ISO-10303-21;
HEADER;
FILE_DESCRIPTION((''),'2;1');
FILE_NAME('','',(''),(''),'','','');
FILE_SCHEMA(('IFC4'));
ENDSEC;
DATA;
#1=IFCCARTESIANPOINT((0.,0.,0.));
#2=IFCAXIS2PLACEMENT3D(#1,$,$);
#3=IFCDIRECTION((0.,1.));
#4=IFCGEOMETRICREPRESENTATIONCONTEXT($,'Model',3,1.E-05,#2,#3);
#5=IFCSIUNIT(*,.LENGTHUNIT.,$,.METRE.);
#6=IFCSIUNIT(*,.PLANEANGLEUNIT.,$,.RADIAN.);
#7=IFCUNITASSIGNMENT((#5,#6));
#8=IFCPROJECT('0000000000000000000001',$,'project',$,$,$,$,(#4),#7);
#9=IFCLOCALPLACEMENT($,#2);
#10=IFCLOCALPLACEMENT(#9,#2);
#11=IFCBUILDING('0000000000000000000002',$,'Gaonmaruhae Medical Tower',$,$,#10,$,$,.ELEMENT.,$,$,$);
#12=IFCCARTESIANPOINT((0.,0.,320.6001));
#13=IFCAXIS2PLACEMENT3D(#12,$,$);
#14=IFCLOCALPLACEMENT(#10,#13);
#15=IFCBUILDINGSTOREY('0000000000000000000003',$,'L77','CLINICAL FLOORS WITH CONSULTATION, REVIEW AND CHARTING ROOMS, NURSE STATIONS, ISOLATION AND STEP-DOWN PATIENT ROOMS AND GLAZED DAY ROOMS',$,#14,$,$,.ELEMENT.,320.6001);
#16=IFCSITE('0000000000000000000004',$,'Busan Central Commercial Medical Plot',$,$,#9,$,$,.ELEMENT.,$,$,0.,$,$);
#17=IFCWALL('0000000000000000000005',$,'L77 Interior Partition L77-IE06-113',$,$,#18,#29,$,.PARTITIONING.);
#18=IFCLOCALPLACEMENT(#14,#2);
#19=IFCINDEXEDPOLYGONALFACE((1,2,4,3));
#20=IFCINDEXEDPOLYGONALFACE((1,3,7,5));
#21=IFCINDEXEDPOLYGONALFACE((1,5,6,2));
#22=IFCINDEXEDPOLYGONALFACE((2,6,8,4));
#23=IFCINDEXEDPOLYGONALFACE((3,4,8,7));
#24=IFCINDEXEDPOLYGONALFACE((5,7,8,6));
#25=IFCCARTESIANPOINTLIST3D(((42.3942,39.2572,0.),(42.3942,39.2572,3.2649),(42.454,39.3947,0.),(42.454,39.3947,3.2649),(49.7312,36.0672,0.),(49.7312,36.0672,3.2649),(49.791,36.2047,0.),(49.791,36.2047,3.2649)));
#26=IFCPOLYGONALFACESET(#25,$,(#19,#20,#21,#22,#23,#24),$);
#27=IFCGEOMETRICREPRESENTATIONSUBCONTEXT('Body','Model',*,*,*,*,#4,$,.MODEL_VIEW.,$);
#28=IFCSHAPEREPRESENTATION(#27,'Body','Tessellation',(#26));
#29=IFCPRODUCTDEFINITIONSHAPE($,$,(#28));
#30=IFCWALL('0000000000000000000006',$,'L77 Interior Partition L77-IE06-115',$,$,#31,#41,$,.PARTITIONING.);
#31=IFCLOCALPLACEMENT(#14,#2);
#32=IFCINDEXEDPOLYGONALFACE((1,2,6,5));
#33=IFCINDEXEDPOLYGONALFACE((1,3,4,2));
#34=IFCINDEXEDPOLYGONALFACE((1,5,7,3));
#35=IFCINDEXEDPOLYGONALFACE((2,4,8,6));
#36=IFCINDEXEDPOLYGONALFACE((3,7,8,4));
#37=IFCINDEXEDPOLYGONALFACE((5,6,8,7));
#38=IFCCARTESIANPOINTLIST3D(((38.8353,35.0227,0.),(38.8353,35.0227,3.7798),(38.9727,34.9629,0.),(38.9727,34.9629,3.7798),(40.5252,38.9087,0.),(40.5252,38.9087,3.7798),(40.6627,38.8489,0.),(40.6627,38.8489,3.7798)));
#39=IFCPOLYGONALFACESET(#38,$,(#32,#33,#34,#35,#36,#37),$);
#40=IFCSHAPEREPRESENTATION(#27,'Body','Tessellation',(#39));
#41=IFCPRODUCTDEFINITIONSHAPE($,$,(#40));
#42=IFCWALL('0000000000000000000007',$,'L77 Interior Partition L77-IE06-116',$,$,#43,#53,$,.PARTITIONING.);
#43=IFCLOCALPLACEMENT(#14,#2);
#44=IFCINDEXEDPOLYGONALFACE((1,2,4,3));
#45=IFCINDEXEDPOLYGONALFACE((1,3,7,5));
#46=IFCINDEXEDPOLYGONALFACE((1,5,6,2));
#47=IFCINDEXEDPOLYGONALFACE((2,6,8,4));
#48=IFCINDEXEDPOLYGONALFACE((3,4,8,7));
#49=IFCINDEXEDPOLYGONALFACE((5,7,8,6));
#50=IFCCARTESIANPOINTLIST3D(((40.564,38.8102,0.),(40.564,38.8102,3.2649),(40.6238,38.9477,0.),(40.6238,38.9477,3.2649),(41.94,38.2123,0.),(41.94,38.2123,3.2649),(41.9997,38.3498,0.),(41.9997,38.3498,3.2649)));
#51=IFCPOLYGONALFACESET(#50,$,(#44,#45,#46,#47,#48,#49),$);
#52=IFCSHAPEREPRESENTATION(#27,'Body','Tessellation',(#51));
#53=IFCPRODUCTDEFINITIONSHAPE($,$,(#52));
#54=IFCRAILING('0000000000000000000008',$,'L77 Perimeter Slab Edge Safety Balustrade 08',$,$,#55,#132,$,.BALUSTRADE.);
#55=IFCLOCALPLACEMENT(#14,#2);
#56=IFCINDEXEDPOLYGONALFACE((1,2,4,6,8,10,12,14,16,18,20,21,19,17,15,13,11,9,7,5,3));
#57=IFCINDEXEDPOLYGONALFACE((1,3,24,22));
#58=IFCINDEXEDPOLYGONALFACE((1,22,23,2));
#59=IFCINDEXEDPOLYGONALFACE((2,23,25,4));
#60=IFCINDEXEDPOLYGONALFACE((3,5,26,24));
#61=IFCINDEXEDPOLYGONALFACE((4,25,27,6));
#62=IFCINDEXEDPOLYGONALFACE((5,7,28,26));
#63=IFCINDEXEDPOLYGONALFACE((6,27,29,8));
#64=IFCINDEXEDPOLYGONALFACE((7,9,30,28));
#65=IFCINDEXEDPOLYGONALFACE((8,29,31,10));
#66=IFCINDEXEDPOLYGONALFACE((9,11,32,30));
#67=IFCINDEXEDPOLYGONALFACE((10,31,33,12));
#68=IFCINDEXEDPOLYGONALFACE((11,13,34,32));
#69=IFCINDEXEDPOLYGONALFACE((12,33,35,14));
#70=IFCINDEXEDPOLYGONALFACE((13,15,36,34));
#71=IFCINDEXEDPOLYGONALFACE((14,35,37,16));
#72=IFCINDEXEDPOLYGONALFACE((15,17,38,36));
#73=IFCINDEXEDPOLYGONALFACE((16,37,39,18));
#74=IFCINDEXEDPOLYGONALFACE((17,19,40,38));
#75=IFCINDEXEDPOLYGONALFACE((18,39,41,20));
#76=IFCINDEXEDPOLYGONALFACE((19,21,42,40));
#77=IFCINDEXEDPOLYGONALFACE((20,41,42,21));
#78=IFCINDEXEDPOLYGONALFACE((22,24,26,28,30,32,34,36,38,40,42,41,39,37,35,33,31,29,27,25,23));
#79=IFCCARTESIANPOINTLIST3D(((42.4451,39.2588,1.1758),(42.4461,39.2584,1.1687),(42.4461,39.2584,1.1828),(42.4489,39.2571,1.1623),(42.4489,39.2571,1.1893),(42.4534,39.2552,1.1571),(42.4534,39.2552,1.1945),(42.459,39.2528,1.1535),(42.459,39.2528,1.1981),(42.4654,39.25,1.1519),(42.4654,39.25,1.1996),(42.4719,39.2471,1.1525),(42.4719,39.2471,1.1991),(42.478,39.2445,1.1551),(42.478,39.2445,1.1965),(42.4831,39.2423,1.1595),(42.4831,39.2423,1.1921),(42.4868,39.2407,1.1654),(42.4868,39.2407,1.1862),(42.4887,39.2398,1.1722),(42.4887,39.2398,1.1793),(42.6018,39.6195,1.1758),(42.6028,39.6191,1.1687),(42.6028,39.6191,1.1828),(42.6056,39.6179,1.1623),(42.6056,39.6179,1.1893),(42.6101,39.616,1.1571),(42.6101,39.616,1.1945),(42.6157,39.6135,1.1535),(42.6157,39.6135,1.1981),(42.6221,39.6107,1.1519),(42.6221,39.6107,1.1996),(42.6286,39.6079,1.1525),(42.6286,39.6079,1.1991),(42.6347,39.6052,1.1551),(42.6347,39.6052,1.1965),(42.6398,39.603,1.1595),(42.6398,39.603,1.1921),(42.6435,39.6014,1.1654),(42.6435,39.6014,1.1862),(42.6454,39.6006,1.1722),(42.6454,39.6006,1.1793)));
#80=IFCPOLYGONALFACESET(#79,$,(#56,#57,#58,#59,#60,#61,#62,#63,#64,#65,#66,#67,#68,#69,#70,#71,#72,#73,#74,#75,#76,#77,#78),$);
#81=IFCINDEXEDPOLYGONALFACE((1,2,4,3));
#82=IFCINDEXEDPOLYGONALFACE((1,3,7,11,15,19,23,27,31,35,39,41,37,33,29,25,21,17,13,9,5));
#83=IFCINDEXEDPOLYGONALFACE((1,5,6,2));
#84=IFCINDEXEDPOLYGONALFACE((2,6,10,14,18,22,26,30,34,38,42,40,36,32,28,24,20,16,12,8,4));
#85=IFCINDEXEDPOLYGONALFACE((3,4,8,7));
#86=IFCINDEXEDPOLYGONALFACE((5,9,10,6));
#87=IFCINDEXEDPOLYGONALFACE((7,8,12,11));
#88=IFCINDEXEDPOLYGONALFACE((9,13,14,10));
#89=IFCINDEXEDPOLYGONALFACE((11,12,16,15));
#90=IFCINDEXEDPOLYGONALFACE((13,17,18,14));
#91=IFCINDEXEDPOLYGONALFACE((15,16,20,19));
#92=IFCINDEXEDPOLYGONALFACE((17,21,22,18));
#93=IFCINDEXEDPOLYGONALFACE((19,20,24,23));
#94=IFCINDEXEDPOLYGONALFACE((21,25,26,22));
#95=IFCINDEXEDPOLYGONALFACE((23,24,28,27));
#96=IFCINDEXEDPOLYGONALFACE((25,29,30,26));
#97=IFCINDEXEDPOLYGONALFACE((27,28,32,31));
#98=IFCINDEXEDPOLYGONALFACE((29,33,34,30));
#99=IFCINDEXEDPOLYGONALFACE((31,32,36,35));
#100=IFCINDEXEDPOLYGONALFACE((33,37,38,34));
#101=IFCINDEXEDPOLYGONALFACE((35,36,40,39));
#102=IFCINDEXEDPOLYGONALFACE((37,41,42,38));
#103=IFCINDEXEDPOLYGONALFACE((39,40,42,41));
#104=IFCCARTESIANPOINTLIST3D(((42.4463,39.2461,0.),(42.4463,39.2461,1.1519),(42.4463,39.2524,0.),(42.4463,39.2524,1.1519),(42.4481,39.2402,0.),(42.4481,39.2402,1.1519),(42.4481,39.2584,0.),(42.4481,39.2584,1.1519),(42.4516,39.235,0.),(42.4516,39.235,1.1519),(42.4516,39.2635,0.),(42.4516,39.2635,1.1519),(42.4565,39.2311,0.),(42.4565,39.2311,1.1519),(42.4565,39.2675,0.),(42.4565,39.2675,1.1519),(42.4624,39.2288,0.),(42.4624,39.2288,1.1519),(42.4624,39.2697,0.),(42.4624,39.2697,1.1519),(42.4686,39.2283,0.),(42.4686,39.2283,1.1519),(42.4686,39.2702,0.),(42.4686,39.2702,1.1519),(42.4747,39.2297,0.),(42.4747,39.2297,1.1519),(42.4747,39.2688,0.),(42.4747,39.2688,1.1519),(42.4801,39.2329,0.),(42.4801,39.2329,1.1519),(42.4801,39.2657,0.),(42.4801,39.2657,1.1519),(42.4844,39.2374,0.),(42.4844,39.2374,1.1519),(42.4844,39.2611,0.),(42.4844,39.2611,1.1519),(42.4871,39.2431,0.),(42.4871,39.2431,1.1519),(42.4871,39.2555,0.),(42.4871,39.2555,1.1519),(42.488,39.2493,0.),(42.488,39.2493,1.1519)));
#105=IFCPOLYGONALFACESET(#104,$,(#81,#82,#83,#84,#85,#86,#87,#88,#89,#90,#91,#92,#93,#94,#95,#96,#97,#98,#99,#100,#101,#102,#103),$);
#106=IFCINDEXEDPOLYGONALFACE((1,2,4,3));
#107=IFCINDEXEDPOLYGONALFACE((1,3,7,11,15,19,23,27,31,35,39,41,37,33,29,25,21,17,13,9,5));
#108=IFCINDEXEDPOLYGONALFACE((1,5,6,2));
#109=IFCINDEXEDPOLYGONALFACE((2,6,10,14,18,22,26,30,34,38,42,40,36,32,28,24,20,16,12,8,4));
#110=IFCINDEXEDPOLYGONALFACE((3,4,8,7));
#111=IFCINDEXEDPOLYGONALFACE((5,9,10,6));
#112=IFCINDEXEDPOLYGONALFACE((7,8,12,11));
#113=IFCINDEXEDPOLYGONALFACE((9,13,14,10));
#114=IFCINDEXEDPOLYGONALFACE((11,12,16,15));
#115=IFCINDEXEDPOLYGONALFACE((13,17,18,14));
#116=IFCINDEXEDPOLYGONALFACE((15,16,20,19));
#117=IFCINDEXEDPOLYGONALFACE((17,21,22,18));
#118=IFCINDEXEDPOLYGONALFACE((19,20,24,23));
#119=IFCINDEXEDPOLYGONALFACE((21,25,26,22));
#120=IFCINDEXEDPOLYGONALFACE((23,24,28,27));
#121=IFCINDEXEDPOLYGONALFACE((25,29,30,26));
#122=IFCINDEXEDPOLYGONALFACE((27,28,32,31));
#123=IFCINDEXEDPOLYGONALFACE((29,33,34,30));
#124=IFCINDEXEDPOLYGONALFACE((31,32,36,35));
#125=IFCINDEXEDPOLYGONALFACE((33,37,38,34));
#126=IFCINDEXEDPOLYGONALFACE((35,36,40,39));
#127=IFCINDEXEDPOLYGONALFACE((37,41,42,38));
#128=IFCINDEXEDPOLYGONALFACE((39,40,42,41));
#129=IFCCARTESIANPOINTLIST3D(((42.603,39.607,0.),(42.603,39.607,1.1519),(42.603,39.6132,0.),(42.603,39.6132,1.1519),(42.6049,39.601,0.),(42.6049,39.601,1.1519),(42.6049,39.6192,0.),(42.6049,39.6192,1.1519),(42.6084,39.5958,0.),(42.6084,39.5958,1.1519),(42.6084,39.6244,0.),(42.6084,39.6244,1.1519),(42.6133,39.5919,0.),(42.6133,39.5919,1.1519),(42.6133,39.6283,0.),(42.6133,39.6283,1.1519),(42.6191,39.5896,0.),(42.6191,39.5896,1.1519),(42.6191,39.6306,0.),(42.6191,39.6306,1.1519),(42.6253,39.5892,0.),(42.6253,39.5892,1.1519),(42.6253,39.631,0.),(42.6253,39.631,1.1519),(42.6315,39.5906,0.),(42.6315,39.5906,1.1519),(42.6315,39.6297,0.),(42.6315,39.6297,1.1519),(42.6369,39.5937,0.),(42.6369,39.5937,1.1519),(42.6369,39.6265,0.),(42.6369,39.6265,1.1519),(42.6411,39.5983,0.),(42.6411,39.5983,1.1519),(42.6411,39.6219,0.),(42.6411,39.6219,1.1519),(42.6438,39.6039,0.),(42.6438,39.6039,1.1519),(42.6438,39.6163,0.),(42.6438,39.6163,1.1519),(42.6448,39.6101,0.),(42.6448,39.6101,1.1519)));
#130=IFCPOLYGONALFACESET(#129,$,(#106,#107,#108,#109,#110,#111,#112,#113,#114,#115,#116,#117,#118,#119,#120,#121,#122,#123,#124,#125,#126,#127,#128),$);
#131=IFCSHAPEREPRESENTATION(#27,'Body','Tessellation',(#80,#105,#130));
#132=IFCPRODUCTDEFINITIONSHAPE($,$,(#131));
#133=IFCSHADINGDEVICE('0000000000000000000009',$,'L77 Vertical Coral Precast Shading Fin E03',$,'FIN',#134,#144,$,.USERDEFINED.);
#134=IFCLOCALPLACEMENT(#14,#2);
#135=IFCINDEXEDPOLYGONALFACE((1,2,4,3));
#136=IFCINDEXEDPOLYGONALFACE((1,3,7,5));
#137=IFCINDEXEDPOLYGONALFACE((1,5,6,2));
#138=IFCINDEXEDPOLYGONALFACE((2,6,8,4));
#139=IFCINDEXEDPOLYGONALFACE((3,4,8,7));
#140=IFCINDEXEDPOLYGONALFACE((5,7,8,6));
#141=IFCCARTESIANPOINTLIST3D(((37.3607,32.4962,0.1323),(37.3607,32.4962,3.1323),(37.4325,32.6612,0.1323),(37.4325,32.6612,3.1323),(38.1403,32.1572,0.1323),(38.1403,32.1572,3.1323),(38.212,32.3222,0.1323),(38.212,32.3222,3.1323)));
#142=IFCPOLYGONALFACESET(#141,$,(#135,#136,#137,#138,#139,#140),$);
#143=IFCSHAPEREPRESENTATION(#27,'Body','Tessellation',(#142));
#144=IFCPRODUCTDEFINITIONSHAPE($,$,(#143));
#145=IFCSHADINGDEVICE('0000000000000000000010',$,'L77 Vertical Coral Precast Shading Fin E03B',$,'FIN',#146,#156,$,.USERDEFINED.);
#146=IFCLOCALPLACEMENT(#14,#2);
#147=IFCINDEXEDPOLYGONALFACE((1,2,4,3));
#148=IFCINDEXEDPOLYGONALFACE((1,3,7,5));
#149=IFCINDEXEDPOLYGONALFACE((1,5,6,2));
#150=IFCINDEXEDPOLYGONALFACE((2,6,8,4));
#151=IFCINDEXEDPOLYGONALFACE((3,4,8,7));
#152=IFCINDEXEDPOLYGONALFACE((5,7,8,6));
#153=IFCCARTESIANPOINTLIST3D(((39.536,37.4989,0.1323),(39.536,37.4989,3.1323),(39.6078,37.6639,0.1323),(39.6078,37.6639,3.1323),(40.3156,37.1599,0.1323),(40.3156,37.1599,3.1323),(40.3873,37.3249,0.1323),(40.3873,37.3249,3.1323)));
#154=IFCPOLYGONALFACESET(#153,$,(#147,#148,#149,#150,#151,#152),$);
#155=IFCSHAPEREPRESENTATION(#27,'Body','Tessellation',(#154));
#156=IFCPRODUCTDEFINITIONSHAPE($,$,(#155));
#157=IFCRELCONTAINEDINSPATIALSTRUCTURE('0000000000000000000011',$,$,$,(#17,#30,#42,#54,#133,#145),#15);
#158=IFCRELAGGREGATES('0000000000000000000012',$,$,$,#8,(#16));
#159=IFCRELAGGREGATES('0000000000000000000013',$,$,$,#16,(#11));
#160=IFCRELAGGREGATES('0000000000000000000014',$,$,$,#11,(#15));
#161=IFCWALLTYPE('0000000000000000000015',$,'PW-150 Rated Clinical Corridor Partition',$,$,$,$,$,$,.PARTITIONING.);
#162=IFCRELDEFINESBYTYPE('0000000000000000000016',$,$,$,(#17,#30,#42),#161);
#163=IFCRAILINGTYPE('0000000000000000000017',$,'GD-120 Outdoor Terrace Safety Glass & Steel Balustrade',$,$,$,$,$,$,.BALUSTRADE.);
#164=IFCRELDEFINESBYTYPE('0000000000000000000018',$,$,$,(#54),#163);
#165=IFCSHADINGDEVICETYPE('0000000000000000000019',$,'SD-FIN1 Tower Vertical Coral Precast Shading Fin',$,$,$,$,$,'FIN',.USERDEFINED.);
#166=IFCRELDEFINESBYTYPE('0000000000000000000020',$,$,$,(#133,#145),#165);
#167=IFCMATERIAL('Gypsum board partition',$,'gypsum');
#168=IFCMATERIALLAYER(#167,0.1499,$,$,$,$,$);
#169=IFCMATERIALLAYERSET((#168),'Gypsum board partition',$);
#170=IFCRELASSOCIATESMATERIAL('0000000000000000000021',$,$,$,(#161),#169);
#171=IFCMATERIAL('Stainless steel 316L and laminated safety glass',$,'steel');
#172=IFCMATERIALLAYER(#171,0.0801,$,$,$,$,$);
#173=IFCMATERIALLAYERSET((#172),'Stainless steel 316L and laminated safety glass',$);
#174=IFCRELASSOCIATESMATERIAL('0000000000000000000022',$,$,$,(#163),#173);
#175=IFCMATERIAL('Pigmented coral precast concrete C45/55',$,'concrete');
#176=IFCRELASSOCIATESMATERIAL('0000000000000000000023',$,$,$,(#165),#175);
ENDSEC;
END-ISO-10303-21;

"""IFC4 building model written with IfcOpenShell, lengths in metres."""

from ifc_helpers import new_model, si_unit, direction, frame, frame_2d, origin, origin_2d, place, context, subcontext, project, spatial, rectangle, circle, extrude, material, layer, layer_set, type_object, element, save


model = new_model("IFC4")

# Units and contexts
model_context = context("Model", 3, precision=1e-05, world=origin(), true_north=direction((0.0, 1.0)))
body_context = subcontext(model_context, "Body", "Model", "MODEL_VIEW")
ifc_project = project(units=[si_unit("LENGTHUNIT", "METRE"), si_unit("PLANEANGLEUNIT", "RADIAN")], contexts=[model_context])

# Site, building, storey
site_placement = place(None, origin())
site = spatial("IfcSite", under=ifc_project, at=site_placement, Name="Busan Central Commercial Medical Plot", CompositionType="ELEMENT", RefElevation=0.0)
building_placement = place(site_placement, origin())
building = spatial("IfcBuilding", under=site, at=building_placement, Name="Gaonmaruhae Medical Tower", CompositionType="ELEMENT")
storey_placement = place(building_placement, frame((0.0, 0.0, 320.6001)))
storey = spatial("IfcBuildingStorey", under=building, at=storey_placement, Name="L77", Description="CLINICAL FLOORS WITH CONSULTATION, REVIEW AND CHARTING ROOMS, NURSE STATIONS, ISOLATION AND STEP-DOWN PATIENT ROOMS AND GLAZED DAY ROOMS", CompositionType="ELEMENT", Elevation=320.6001)

# Shared definitions
ifc_material_1 = material(Name="Gypsum board partition", Category="gypsum")
ifc_layer_1 = layer(ifc_material_1, 0.1499)
ifc_layer_set_1 = layer_set([ifc_layer_1], Name="Gypsum board partition")
wall_type_1 = type_object("IfcWallType", Name="PW-150 Rated Clinical Corridor Partition", PredefinedType="PARTITIONING", material=ifc_layer_set_1)

# Wall
wall_1_placement = place(storey_placement, frame((42.4241, 39.3259, 0.0), z_axis=(0.0, 0.0, 1.0), x_axis=(0.917071, -0.398724, 0.0)))
element("IfcWall", 1, at=wall_1_placement, inside=storey, type_object=wall_type_1, Name="L77 Interior Partition L77-IE06-113", PredefinedType="PARTITIONING", context=body_context, shape_type="SweptSolid", body=[
    extrude(rectangle(XDim=8.0005, YDim=0.1499, at=frame_2d((4.0002, 0.0))), origin(), (0.0, 0.0, 1.0), 3.2649),
])

# Walls
wall_2_placement = place(storey_placement, frame((38.9041, 34.9929, 0.0), z_axis=(0.0, 0.0, 1.0), x_axis=(0.398802, 0.917037, 0.0)))
element("IfcWall", 2, at=wall_2_placement, inside=storey, type_object=wall_type_1, Name="L77 Interior Partition L77-IE06-115", PredefinedType="PARTITIONING", context=body_context, shape_type="SweptSolid", body=[
    extrude(rectangle(XDim=4.2375, YDim=0.1499, at=frame_2d((2.1187, 0.0))), origin(), (0.0, 0.0, 1.0), 3.7798),
])
wall_3_placement = place(storey_placement, frame((40.594, 38.8789, 0.0), z_axis=(0.0, 0.0, 1.0), x_axis=(0.917155, -0.39853, 0.0)))
element("IfcWall", 3, at=wall_3_placement, inside=storey, type_object=wall_type_1, Name="L77 Interior Partition L77-IE06-116", PredefinedType="PARTITIONING", context=body_context, shape_type="SweptSolid", body=[
    extrude(rectangle(XDim=1.5002, YDim=0.1499, at=frame_2d((0.75, 0.0))), origin(), (0.0, 0.0, 1.0), 3.2649),
])

# Railing
ifc_material_2 = material(Name="Stainless steel 316L and laminated safety glass", Category="steel")
ifc_layer_2 = layer(ifc_material_2, 0.0801)
ifc_layer_set_2 = layer_set([ifc_layer_2], Name="Stainless steel 316L and laminated safety glass")
railing_type = type_object("IfcRailingType", Name="GD-120 Outdoor Terrace Safety Glass & Steel Balustrade", PredefinedType="BALUSTRADE", material=ifc_layer_set_2)
railing_placement = place(storey_placement, frame((42.467, 39.2493, 0.0)))
element("IfcRailing", 4, at=railing_placement, inside=storey, type_object=railing_type, Name="L77 Perimeter Slab Edge Safety Balustrade 08", PredefinedType="BALUSTRADE", context=body_context, shape_type="SweptSolid", body=[
    extrude(circle(Radius=0.0239, at=origin_2d()), frame((0.0, 0.0, 1.1758), z_axis=(0.398408, 0.917208, 0.0), x_axis=(-0.917208, 0.398408, 0.0)), (0.0, 0.0, 1.0), 0.3933),
    extrude(circle(Radius=0.021, at=origin_2d()), origin(), (0.0, 0.0, 1.0), 1.1519),
    extrude(circle(Radius=0.021, at=origin_2d()), frame((0.1567, 0.3608, 0.0)), (0.0, 0.0, 1.0), 1.1519),
])

# Shading devices
ifc_material_3 = material(Name="Pigmented coral precast concrete C45/55", Category="concrete")
shading_device_type = type_object("IfcShadingDeviceType", Name="SD-FIN1 Tower Vertical Coral Precast Shading Fin", ElementType="FIN", PredefinedType="USERDEFINED", material=ifc_material_3)
for number, where, z_axis, x_axis, name in (
    (5, (37.7864, 32.4092, 0.1323), (0.0, 0.0, 1.0), (0.398765, 0.917053, 0.0), "L77 Vertical Coral Precast Shading Fin E03"),
    (6, (39.9617, 37.4119, 0.1323), (0.0, 0.0, 1.0), (0.398765, 0.917053, 0.0), "L77 Vertical Coral Precast Shading Fin E03B"),
):
    element("IfcShadingDevice", number, at=place(storey_placement, frame(where, z_axis=z_axis, x_axis=x_axis)), inside=storey, type_object=shading_device_type, Name=name, ObjectType="FIN", PredefinedType="USERDEFINED", context=body_context, shape_type="SweptSolid", body=[
        extrude(rectangle(XDim=0.1799, YDim=0.8501, at=origin_2d()), origin(), (0.0, 0.0, 1.0), 3.0),
    ])

save(model, "model.ifc")
